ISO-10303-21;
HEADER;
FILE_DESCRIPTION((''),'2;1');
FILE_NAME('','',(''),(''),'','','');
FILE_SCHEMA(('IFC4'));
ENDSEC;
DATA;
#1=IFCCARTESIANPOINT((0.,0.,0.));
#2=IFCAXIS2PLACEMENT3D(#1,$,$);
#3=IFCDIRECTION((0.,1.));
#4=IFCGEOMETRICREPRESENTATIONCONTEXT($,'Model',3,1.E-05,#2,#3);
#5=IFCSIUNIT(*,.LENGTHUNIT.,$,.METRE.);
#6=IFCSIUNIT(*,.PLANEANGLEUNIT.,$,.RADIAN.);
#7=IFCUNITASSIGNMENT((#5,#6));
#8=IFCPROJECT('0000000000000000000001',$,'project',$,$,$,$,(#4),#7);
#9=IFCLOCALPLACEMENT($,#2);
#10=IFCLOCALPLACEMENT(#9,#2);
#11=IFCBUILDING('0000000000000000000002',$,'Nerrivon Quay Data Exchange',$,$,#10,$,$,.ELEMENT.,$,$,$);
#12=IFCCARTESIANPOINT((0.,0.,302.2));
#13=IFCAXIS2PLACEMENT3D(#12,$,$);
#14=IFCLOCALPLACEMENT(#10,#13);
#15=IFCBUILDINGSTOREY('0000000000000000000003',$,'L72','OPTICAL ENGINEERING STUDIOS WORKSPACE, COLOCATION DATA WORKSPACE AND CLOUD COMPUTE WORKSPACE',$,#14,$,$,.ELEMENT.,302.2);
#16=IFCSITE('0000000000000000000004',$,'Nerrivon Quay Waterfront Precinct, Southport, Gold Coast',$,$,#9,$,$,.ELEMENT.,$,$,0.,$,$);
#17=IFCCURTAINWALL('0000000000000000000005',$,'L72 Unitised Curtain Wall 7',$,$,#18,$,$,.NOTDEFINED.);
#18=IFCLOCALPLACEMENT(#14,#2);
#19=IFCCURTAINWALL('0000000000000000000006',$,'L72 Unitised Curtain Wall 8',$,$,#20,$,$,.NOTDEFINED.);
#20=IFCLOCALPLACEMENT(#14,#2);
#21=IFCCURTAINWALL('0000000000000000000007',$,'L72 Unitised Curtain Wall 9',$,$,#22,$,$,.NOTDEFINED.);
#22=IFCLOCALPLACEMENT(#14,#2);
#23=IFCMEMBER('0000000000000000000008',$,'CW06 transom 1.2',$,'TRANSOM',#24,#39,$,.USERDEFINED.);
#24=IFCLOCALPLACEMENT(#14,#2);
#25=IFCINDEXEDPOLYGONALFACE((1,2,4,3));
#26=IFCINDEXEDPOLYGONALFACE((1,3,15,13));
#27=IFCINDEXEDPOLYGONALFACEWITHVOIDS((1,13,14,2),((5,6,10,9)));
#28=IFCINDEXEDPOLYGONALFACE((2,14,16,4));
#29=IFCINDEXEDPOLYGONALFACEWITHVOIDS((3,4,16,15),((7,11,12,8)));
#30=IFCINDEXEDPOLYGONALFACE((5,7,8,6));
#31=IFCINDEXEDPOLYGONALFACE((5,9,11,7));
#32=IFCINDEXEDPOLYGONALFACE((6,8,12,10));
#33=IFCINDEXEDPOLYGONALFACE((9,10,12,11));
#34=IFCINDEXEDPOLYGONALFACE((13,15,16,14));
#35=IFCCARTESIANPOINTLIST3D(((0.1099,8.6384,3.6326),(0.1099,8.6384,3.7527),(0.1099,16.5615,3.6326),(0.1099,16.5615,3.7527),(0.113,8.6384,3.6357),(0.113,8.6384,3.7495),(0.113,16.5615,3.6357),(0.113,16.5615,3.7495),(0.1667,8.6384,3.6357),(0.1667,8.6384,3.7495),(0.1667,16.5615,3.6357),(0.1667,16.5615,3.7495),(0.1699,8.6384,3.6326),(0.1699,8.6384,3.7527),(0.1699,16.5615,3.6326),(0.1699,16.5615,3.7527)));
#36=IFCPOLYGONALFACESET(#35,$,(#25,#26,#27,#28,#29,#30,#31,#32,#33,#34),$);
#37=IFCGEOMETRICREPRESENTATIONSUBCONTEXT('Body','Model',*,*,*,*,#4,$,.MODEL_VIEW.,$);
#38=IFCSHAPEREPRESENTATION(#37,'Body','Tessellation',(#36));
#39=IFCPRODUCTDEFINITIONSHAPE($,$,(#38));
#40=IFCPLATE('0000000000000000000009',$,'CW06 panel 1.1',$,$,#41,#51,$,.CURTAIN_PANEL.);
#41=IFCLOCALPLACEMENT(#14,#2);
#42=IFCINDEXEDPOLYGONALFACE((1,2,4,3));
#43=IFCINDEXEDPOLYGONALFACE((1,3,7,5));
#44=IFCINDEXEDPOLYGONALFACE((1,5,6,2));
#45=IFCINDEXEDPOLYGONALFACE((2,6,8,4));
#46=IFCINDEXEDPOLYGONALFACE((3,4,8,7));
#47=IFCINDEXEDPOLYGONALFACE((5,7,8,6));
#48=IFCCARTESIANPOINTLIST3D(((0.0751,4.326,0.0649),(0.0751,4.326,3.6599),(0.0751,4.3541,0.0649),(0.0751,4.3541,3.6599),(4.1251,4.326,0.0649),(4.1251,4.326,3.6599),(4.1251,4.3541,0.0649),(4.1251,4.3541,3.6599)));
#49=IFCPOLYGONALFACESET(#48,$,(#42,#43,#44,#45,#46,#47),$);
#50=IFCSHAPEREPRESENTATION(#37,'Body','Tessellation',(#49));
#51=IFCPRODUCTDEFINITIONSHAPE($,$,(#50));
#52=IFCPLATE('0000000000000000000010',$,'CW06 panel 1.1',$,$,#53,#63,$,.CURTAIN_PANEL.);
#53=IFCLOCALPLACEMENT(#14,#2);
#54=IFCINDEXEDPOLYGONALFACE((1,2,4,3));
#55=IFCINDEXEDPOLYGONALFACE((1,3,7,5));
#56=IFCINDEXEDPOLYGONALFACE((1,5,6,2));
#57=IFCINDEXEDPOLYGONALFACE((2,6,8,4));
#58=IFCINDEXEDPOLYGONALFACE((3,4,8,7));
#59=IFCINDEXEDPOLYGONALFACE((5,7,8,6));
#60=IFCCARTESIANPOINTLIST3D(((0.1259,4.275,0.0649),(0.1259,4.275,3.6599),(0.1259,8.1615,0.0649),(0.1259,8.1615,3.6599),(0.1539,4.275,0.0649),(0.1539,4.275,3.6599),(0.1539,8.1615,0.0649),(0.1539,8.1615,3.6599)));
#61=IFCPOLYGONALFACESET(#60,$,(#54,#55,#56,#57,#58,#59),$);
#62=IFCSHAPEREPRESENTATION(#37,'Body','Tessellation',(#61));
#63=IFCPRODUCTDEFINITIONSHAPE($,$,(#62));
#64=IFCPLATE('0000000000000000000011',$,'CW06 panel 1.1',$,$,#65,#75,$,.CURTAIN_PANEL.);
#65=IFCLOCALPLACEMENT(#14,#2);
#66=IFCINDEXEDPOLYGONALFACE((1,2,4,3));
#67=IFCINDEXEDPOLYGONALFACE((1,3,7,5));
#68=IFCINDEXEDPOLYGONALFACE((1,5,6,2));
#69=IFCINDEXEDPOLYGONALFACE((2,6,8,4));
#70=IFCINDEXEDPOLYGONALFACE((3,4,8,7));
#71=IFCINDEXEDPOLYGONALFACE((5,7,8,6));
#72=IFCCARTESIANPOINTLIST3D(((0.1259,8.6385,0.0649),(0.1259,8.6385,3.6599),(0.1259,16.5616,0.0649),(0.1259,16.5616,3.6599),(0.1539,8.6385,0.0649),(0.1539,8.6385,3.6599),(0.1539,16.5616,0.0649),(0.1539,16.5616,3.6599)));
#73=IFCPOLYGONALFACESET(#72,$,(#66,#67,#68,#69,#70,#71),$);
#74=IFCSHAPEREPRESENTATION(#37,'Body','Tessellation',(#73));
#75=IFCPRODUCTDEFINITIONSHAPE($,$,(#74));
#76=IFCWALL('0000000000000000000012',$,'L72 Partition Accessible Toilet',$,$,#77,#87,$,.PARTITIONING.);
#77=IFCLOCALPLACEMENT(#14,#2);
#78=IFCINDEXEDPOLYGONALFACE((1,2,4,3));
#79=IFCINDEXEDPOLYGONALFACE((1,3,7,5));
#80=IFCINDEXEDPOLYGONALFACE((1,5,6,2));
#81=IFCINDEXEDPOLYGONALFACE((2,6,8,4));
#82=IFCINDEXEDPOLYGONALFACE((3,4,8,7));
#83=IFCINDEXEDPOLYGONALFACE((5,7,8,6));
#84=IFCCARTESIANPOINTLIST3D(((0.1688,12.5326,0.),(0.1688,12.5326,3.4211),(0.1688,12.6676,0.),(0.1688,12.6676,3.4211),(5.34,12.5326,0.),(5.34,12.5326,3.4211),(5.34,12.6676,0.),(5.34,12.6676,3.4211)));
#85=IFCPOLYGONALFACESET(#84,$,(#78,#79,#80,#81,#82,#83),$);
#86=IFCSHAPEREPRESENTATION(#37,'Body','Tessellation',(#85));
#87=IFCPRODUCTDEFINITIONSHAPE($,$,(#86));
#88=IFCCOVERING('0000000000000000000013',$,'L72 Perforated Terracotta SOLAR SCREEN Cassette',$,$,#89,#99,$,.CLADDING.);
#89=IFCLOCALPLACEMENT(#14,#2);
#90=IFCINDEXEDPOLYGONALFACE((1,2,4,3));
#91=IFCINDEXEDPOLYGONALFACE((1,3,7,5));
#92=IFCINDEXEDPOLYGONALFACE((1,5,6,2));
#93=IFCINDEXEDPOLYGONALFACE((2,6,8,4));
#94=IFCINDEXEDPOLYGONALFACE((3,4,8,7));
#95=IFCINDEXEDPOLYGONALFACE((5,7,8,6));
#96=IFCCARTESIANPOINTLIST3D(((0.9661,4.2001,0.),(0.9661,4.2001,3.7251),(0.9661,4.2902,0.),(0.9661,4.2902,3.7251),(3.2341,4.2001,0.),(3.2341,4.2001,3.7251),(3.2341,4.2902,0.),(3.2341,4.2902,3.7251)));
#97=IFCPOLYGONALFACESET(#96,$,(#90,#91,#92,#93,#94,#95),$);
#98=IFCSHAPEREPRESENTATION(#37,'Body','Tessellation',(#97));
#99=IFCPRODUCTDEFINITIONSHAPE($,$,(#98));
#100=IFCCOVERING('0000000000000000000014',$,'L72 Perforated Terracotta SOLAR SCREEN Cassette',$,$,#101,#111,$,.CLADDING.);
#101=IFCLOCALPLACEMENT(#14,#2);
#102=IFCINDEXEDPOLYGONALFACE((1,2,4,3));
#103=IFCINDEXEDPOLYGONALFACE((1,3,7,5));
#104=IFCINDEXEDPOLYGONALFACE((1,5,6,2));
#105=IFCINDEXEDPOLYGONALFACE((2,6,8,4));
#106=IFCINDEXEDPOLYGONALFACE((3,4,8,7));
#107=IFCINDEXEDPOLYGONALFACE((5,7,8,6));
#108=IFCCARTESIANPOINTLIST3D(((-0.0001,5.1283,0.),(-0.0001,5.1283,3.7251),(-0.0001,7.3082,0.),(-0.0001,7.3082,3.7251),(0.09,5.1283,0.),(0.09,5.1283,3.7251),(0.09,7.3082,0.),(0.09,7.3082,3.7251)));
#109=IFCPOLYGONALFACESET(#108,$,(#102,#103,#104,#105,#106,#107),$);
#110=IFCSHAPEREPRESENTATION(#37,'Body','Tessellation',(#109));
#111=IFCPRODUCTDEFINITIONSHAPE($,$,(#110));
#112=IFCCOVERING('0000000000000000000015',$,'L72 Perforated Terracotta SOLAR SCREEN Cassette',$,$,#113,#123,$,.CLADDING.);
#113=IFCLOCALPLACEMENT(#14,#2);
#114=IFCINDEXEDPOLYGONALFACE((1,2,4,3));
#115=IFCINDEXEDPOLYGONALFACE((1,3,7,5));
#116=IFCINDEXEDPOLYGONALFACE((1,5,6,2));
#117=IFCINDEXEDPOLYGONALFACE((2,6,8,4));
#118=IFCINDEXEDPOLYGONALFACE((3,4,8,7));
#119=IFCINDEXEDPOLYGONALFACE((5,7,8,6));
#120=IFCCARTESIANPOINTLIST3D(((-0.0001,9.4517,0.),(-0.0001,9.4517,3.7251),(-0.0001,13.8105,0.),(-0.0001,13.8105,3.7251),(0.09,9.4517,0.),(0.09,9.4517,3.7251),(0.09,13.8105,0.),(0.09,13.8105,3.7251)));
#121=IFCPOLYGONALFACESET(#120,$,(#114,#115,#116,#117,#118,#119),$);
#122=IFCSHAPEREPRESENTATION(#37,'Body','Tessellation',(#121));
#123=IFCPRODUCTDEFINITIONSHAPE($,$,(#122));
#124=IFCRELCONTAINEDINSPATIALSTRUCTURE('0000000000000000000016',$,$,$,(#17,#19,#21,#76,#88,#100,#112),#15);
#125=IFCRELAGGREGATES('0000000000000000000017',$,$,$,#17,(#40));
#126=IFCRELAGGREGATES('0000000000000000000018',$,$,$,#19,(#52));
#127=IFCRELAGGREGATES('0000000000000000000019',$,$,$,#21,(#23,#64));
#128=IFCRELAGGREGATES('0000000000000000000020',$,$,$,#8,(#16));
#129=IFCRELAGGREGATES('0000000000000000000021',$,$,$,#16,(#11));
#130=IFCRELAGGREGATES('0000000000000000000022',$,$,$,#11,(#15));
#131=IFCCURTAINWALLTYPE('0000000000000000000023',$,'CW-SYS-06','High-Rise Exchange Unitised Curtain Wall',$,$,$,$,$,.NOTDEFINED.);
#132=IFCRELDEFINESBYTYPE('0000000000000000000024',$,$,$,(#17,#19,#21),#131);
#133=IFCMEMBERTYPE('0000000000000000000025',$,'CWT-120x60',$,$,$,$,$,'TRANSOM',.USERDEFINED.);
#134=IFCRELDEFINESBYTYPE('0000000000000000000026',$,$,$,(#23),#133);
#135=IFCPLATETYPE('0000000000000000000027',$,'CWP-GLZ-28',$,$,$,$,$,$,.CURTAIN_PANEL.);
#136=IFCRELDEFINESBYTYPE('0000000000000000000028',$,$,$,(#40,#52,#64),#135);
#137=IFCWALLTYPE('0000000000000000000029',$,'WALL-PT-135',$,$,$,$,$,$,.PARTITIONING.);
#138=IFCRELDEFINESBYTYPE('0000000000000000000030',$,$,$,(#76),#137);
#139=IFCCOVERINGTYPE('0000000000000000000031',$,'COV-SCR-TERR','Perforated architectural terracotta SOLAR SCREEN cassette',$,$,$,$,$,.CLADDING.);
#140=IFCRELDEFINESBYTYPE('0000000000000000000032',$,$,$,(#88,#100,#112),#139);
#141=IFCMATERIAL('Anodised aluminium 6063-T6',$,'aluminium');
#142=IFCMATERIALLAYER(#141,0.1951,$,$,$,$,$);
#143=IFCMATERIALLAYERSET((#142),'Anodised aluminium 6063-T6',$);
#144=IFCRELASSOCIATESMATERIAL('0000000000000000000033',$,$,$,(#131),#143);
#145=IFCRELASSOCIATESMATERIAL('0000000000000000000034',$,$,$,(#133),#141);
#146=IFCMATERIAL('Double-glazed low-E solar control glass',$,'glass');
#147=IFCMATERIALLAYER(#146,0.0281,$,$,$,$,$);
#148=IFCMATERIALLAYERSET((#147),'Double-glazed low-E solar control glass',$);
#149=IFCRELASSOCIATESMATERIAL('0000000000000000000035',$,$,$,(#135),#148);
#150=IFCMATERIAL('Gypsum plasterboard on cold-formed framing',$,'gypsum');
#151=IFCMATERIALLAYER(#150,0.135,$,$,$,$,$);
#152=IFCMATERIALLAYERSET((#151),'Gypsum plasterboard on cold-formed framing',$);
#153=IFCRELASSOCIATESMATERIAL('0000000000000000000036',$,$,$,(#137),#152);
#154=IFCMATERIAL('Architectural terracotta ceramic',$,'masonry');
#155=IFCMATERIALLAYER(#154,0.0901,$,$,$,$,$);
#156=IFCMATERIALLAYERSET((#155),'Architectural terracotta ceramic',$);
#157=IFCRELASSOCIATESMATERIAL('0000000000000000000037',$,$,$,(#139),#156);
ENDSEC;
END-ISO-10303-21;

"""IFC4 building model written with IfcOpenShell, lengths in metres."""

from ifc_helpers import new_model, si_unit, direction, frame, frame_2d, origin, origin_2d, place, context, subcontext, project, spatial, rectangle, hollow_rectangle, extrude, material, layer, layer_set, material_profile, profile_set, type_object, element, aggregate, save


model = new_model("IFC4")

# Units and contexts
model_context = context("Model", 3, precision=1e-05, world=origin(), true_north=direction((0.0, 1.0)))
body_context = subcontext(model_context, "Body", "Model", "MODEL_VIEW")
ifc_project = project(units=[si_unit("LENGTHUNIT", "METRE"), si_unit("PLANEANGLEUNIT", "RADIAN")], contexts=[model_context])

# Site, building, storey
site_placement = place(None, origin())
site = spatial("IfcSite", under=ifc_project, at=site_placement, Name="Nerrivon Quay Waterfront Precinct, Southport, Gold Coast", CompositionType="ELEMENT", RefElevation=0.0)
building_placement = place(site_placement, origin())
building = spatial("IfcBuilding", under=site, at=building_placement, Name="Nerrivon Quay Data Exchange", CompositionType="ELEMENT")
storey_placement = place(building_placement, frame((0.0, 0.0, 302.2)))
storey = spatial("IfcBuildingStorey", under=building, at=storey_placement, Name="L72", Description="OPTICAL ENGINEERING STUDIOS WORKSPACE, COLOCATION DATA WORKSPACE AND CLOUD COMPUTE WORKSPACE", CompositionType="ELEMENT", Elevation=302.2)

# Curtain walls
ifc_material_1 = material(Name="Anodised aluminium 6063-T6", Category="aluminium")
ifc_layer_1 = layer(ifc_material_1, 0.1951)
ifc_layer_set_1 = layer_set([ifc_layer_1], Name="Anodised aluminium 6063-T6")
curtain_wall_type = type_object("IfcCurtainWallType", Name="CW-SYS-06", Description="High-Rise Exchange Unitised Curtain Wall", PredefinedType="NOTDEFINED", material=ifc_layer_set_1)
curtain_wall_1_placement = place(storey_placement, origin())
curtain_wall_1 = element("IfcCurtainWall", 1, at=curtain_wall_1_placement, inside=storey, type_object=curtain_wall_type, Name="L72 Unitised Curtain Wall 7", PredefinedType="NOTDEFINED")
curtain_wall_2_placement = place(storey_placement, origin())
curtain_wall_2 = element("IfcCurtainWall", 2, at=curtain_wall_2_placement, inside=storey, type_object=curtain_wall_type, Name="L72 Unitised Curtain Wall 8", PredefinedType="NOTDEFINED")

# Curtain wall
curtain_wall_3_placement = place(storey_placement, origin())
curtain_wall_3 = element("IfcCurtainWall", 3, at=curtain_wall_3_placement, inside=storey, type_object=curtain_wall_type, Name="L72 Unitised Curtain Wall 9", PredefinedType="NOTDEFINED")

# Member
ifc_material_profile_1 = material_profile(ifc_material_1, hollow_rectangle(XDim=0.0601, YDim=0.1201, WallThickness=0.0032, at=origin_2d()), Name="ALU-TRAN-120x60")
ifc_profile_set_1 = profile_set([ifc_material_profile_1], Name="Anodised aluminium 6063-T6")
member_type_1 = type_object("IfcMemberType", Name="CWT-120x60", ElementType="TRANSOM", PredefinedType="USERDEFINED", material=ifc_profile_set_1)
member_1_placement = place(storey_placement, frame((0.1399, 8.6384, 3.6926), z_axis=(0.0, 1.0, 0.0), x_axis=(-1.0, 0.0, 0.0)))
member_1 = element("IfcMember", 4, at=member_1_placement, type_object=member_type_1, Name="CW06 transom 1.2", ObjectType="TRANSOM", PredefinedType="USERDEFINED", context=body_context, shape_type="SweptSolid", body=[
    extrude(hollow_rectangle(XDim=0.0601, YDim=0.1201, WallThickness=0.0032, at=origin_2d()), origin(), (0.0, 0.0, 1.0), 7.9231),
])

# Plates
ifc_material_2 = material(Name="Double-glazed low-E solar control glass", Category="glass")
ifc_layer_2 = layer(ifc_material_2, 0.0281)
ifc_layer_set_2 = layer_set([ifc_layer_2], Name="Double-glazed low-E solar control glass")
plate_type = type_object("IfcPlateType", Name="CWP-GLZ-28", PredefinedType="CURTAIN_PANEL", material=ifc_layer_set_2)
plate_1_placement = place(storey_placement, frame((2.1001, 4.3401, 0.0649), z_axis=(0.0, 0.0, 1.0), x_axis=(-1.0, 0.0, 0.0)))
plate_1 = element("IfcPlate", 5, at=plate_1_placement, type_object=plate_type, Name="CW06 panel 1.1", PredefinedType="CURTAIN_PANEL", context=body_context, shape_type="SweptSolid", body=[
    extrude(rectangle(XDim=4.05, YDim=0.0281, at=origin_2d()), origin(), (0.0, 0.0, 1.0), 3.595),
])
aggregate(curtain_wall_1, [plate_1])
plate_2_placement = place(storey_placement, frame((0.1399, 6.2183, 0.0649), z_axis=(0.0, 0.0, 1.0), x_axis=(0.0, 1.0, 0.0)))
plate_2 = element("IfcPlate", 6, at=plate_2_placement, type_object=plate_type, Name="CW06 panel 1.1", PredefinedType="CURTAIN_PANEL", context=body_context, shape_type="SweptSolid", body=[
    extrude(rectangle(XDim=3.8865, YDim=0.0281, at=origin_2d()), origin(), (0.0, 0.0, 1.0), 3.595),
])
aggregate(curtain_wall_2, [plate_2])
plate_3_placement = place(storey_placement, frame((0.1399, 12.6001, 0.0649), z_axis=(0.0, 0.0, 1.0), x_axis=(0.0, 1.0, 0.0)))
plate_3 = element("IfcPlate", 7, at=plate_3_placement, type_object=plate_type, Name="CW06 panel 1.1", PredefinedType="CURTAIN_PANEL", context=body_context, shape_type="SweptSolid", body=[
    extrude(rectangle(XDim=7.9231, YDim=0.0281, at=origin_2d()), origin(), (0.0, 0.0, 1.0), 3.595),
])
aggregate(curtain_wall_3, [member_1, plate_3])

# Wall
ifc_material_3 = material(Name="Gypsum plasterboard on cold-formed framing", Category="gypsum")
ifc_layer_3 = layer(ifc_material_3, 0.135)
ifc_layer_set_3 = layer_set([ifc_layer_3], Name="Gypsum plasterboard on cold-formed framing")
wall_type = type_object("IfcWallType", Name="WALL-PT-135", PredefinedType="PARTITIONING", material=ifc_layer_set_3)
wall_placement = place(storey_placement, frame((0.1689, 12.6001, 0.0), z_axis=(0.0, 0.0, 1.0), x_axis=(1.0, 0.0, 0.0)))
element("IfcWall", 8, at=wall_placement, inside=storey, type_object=wall_type, Name="L72 Partition Accessible Toilet", PredefinedType="PARTITIONING", context=body_context, shape_type="SweptSolid", body=[
    extrude(rectangle(XDim=5.1711, YDim=0.135, at=frame_2d((2.5854, 0.0))), origin(), (0.0, 0.0, 1.0), 3.4211),
])

# Coverings
ifc_material_4 = material(Name="Architectural terracotta ceramic", Category="masonry")
ifc_layer_4 = layer(ifc_material_4, 0.0901)
ifc_layer_set_4 = layer_set([ifc_layer_4], Name="Architectural terracotta ceramic")
covering_type = type_object("IfcCoveringType", Name="COV-SCR-TERR", Description="Perforated architectural terracotta SOLAR SCREEN cassette", PredefinedType="CLADDING", material=ifc_layer_set_4)
covering_1_placement = place(storey_placement, frame((2.1001, 4.2451, 0.0), z_axis=(0.0, 0.0, 1.0), x_axis=(-1.0, 0.0, 0.0)))
element("IfcCovering", 9, at=covering_1_placement, inside=storey, type_object=covering_type, Name="L72 Perforated Terracotta SOLAR SCREEN Cassette", PredefinedType="CLADDING", context=body_context, shape_type="SweptSolid", body=[
    extrude(rectangle(XDim=2.2681, YDim=0.0901, at=origin_2d()), origin(), (0.0, 0.0, 1.0), 3.7251),
])
covering_2_placement = place(storey_placement, frame((0.0449, 6.2183, 0.0), z_axis=(0.0, 0.0, 1.0), x_axis=(0.0, 1.0, 0.0)))
element("IfcCovering", 10, at=covering_2_placement, inside=storey, type_object=covering_type, Name="L72 Perforated Terracotta SOLAR SCREEN Cassette", PredefinedType="CLADDING", context=body_context, shape_type="SweptSolid", body=[
    extrude(rectangle(XDim=2.1799, YDim=0.0901, at=origin_2d()), origin(), (0.0, 0.0, 1.0), 3.7251),
])
covering_3_placement = place(storey_placement, frame((0.0449, 11.6311, 0.0), z_axis=(0.0, 0.0, 1.0), x_axis=(0.0, 1.0, 0.0)))
element("IfcCovering", 11, at=covering_3_placement, inside=storey, type_object=covering_type, Name="L72 Perforated Terracotta SOLAR SCREEN Cassette", PredefinedType="CLADDING", context=body_context, shape_type="SweptSolid", body=[
    extrude(rectangle(XDim=4.3589, YDim=0.0901, at=origin_2d()), origin(), (0.0, 0.0, 1.0), 3.7251),
])

save(model, "model.ifc")
